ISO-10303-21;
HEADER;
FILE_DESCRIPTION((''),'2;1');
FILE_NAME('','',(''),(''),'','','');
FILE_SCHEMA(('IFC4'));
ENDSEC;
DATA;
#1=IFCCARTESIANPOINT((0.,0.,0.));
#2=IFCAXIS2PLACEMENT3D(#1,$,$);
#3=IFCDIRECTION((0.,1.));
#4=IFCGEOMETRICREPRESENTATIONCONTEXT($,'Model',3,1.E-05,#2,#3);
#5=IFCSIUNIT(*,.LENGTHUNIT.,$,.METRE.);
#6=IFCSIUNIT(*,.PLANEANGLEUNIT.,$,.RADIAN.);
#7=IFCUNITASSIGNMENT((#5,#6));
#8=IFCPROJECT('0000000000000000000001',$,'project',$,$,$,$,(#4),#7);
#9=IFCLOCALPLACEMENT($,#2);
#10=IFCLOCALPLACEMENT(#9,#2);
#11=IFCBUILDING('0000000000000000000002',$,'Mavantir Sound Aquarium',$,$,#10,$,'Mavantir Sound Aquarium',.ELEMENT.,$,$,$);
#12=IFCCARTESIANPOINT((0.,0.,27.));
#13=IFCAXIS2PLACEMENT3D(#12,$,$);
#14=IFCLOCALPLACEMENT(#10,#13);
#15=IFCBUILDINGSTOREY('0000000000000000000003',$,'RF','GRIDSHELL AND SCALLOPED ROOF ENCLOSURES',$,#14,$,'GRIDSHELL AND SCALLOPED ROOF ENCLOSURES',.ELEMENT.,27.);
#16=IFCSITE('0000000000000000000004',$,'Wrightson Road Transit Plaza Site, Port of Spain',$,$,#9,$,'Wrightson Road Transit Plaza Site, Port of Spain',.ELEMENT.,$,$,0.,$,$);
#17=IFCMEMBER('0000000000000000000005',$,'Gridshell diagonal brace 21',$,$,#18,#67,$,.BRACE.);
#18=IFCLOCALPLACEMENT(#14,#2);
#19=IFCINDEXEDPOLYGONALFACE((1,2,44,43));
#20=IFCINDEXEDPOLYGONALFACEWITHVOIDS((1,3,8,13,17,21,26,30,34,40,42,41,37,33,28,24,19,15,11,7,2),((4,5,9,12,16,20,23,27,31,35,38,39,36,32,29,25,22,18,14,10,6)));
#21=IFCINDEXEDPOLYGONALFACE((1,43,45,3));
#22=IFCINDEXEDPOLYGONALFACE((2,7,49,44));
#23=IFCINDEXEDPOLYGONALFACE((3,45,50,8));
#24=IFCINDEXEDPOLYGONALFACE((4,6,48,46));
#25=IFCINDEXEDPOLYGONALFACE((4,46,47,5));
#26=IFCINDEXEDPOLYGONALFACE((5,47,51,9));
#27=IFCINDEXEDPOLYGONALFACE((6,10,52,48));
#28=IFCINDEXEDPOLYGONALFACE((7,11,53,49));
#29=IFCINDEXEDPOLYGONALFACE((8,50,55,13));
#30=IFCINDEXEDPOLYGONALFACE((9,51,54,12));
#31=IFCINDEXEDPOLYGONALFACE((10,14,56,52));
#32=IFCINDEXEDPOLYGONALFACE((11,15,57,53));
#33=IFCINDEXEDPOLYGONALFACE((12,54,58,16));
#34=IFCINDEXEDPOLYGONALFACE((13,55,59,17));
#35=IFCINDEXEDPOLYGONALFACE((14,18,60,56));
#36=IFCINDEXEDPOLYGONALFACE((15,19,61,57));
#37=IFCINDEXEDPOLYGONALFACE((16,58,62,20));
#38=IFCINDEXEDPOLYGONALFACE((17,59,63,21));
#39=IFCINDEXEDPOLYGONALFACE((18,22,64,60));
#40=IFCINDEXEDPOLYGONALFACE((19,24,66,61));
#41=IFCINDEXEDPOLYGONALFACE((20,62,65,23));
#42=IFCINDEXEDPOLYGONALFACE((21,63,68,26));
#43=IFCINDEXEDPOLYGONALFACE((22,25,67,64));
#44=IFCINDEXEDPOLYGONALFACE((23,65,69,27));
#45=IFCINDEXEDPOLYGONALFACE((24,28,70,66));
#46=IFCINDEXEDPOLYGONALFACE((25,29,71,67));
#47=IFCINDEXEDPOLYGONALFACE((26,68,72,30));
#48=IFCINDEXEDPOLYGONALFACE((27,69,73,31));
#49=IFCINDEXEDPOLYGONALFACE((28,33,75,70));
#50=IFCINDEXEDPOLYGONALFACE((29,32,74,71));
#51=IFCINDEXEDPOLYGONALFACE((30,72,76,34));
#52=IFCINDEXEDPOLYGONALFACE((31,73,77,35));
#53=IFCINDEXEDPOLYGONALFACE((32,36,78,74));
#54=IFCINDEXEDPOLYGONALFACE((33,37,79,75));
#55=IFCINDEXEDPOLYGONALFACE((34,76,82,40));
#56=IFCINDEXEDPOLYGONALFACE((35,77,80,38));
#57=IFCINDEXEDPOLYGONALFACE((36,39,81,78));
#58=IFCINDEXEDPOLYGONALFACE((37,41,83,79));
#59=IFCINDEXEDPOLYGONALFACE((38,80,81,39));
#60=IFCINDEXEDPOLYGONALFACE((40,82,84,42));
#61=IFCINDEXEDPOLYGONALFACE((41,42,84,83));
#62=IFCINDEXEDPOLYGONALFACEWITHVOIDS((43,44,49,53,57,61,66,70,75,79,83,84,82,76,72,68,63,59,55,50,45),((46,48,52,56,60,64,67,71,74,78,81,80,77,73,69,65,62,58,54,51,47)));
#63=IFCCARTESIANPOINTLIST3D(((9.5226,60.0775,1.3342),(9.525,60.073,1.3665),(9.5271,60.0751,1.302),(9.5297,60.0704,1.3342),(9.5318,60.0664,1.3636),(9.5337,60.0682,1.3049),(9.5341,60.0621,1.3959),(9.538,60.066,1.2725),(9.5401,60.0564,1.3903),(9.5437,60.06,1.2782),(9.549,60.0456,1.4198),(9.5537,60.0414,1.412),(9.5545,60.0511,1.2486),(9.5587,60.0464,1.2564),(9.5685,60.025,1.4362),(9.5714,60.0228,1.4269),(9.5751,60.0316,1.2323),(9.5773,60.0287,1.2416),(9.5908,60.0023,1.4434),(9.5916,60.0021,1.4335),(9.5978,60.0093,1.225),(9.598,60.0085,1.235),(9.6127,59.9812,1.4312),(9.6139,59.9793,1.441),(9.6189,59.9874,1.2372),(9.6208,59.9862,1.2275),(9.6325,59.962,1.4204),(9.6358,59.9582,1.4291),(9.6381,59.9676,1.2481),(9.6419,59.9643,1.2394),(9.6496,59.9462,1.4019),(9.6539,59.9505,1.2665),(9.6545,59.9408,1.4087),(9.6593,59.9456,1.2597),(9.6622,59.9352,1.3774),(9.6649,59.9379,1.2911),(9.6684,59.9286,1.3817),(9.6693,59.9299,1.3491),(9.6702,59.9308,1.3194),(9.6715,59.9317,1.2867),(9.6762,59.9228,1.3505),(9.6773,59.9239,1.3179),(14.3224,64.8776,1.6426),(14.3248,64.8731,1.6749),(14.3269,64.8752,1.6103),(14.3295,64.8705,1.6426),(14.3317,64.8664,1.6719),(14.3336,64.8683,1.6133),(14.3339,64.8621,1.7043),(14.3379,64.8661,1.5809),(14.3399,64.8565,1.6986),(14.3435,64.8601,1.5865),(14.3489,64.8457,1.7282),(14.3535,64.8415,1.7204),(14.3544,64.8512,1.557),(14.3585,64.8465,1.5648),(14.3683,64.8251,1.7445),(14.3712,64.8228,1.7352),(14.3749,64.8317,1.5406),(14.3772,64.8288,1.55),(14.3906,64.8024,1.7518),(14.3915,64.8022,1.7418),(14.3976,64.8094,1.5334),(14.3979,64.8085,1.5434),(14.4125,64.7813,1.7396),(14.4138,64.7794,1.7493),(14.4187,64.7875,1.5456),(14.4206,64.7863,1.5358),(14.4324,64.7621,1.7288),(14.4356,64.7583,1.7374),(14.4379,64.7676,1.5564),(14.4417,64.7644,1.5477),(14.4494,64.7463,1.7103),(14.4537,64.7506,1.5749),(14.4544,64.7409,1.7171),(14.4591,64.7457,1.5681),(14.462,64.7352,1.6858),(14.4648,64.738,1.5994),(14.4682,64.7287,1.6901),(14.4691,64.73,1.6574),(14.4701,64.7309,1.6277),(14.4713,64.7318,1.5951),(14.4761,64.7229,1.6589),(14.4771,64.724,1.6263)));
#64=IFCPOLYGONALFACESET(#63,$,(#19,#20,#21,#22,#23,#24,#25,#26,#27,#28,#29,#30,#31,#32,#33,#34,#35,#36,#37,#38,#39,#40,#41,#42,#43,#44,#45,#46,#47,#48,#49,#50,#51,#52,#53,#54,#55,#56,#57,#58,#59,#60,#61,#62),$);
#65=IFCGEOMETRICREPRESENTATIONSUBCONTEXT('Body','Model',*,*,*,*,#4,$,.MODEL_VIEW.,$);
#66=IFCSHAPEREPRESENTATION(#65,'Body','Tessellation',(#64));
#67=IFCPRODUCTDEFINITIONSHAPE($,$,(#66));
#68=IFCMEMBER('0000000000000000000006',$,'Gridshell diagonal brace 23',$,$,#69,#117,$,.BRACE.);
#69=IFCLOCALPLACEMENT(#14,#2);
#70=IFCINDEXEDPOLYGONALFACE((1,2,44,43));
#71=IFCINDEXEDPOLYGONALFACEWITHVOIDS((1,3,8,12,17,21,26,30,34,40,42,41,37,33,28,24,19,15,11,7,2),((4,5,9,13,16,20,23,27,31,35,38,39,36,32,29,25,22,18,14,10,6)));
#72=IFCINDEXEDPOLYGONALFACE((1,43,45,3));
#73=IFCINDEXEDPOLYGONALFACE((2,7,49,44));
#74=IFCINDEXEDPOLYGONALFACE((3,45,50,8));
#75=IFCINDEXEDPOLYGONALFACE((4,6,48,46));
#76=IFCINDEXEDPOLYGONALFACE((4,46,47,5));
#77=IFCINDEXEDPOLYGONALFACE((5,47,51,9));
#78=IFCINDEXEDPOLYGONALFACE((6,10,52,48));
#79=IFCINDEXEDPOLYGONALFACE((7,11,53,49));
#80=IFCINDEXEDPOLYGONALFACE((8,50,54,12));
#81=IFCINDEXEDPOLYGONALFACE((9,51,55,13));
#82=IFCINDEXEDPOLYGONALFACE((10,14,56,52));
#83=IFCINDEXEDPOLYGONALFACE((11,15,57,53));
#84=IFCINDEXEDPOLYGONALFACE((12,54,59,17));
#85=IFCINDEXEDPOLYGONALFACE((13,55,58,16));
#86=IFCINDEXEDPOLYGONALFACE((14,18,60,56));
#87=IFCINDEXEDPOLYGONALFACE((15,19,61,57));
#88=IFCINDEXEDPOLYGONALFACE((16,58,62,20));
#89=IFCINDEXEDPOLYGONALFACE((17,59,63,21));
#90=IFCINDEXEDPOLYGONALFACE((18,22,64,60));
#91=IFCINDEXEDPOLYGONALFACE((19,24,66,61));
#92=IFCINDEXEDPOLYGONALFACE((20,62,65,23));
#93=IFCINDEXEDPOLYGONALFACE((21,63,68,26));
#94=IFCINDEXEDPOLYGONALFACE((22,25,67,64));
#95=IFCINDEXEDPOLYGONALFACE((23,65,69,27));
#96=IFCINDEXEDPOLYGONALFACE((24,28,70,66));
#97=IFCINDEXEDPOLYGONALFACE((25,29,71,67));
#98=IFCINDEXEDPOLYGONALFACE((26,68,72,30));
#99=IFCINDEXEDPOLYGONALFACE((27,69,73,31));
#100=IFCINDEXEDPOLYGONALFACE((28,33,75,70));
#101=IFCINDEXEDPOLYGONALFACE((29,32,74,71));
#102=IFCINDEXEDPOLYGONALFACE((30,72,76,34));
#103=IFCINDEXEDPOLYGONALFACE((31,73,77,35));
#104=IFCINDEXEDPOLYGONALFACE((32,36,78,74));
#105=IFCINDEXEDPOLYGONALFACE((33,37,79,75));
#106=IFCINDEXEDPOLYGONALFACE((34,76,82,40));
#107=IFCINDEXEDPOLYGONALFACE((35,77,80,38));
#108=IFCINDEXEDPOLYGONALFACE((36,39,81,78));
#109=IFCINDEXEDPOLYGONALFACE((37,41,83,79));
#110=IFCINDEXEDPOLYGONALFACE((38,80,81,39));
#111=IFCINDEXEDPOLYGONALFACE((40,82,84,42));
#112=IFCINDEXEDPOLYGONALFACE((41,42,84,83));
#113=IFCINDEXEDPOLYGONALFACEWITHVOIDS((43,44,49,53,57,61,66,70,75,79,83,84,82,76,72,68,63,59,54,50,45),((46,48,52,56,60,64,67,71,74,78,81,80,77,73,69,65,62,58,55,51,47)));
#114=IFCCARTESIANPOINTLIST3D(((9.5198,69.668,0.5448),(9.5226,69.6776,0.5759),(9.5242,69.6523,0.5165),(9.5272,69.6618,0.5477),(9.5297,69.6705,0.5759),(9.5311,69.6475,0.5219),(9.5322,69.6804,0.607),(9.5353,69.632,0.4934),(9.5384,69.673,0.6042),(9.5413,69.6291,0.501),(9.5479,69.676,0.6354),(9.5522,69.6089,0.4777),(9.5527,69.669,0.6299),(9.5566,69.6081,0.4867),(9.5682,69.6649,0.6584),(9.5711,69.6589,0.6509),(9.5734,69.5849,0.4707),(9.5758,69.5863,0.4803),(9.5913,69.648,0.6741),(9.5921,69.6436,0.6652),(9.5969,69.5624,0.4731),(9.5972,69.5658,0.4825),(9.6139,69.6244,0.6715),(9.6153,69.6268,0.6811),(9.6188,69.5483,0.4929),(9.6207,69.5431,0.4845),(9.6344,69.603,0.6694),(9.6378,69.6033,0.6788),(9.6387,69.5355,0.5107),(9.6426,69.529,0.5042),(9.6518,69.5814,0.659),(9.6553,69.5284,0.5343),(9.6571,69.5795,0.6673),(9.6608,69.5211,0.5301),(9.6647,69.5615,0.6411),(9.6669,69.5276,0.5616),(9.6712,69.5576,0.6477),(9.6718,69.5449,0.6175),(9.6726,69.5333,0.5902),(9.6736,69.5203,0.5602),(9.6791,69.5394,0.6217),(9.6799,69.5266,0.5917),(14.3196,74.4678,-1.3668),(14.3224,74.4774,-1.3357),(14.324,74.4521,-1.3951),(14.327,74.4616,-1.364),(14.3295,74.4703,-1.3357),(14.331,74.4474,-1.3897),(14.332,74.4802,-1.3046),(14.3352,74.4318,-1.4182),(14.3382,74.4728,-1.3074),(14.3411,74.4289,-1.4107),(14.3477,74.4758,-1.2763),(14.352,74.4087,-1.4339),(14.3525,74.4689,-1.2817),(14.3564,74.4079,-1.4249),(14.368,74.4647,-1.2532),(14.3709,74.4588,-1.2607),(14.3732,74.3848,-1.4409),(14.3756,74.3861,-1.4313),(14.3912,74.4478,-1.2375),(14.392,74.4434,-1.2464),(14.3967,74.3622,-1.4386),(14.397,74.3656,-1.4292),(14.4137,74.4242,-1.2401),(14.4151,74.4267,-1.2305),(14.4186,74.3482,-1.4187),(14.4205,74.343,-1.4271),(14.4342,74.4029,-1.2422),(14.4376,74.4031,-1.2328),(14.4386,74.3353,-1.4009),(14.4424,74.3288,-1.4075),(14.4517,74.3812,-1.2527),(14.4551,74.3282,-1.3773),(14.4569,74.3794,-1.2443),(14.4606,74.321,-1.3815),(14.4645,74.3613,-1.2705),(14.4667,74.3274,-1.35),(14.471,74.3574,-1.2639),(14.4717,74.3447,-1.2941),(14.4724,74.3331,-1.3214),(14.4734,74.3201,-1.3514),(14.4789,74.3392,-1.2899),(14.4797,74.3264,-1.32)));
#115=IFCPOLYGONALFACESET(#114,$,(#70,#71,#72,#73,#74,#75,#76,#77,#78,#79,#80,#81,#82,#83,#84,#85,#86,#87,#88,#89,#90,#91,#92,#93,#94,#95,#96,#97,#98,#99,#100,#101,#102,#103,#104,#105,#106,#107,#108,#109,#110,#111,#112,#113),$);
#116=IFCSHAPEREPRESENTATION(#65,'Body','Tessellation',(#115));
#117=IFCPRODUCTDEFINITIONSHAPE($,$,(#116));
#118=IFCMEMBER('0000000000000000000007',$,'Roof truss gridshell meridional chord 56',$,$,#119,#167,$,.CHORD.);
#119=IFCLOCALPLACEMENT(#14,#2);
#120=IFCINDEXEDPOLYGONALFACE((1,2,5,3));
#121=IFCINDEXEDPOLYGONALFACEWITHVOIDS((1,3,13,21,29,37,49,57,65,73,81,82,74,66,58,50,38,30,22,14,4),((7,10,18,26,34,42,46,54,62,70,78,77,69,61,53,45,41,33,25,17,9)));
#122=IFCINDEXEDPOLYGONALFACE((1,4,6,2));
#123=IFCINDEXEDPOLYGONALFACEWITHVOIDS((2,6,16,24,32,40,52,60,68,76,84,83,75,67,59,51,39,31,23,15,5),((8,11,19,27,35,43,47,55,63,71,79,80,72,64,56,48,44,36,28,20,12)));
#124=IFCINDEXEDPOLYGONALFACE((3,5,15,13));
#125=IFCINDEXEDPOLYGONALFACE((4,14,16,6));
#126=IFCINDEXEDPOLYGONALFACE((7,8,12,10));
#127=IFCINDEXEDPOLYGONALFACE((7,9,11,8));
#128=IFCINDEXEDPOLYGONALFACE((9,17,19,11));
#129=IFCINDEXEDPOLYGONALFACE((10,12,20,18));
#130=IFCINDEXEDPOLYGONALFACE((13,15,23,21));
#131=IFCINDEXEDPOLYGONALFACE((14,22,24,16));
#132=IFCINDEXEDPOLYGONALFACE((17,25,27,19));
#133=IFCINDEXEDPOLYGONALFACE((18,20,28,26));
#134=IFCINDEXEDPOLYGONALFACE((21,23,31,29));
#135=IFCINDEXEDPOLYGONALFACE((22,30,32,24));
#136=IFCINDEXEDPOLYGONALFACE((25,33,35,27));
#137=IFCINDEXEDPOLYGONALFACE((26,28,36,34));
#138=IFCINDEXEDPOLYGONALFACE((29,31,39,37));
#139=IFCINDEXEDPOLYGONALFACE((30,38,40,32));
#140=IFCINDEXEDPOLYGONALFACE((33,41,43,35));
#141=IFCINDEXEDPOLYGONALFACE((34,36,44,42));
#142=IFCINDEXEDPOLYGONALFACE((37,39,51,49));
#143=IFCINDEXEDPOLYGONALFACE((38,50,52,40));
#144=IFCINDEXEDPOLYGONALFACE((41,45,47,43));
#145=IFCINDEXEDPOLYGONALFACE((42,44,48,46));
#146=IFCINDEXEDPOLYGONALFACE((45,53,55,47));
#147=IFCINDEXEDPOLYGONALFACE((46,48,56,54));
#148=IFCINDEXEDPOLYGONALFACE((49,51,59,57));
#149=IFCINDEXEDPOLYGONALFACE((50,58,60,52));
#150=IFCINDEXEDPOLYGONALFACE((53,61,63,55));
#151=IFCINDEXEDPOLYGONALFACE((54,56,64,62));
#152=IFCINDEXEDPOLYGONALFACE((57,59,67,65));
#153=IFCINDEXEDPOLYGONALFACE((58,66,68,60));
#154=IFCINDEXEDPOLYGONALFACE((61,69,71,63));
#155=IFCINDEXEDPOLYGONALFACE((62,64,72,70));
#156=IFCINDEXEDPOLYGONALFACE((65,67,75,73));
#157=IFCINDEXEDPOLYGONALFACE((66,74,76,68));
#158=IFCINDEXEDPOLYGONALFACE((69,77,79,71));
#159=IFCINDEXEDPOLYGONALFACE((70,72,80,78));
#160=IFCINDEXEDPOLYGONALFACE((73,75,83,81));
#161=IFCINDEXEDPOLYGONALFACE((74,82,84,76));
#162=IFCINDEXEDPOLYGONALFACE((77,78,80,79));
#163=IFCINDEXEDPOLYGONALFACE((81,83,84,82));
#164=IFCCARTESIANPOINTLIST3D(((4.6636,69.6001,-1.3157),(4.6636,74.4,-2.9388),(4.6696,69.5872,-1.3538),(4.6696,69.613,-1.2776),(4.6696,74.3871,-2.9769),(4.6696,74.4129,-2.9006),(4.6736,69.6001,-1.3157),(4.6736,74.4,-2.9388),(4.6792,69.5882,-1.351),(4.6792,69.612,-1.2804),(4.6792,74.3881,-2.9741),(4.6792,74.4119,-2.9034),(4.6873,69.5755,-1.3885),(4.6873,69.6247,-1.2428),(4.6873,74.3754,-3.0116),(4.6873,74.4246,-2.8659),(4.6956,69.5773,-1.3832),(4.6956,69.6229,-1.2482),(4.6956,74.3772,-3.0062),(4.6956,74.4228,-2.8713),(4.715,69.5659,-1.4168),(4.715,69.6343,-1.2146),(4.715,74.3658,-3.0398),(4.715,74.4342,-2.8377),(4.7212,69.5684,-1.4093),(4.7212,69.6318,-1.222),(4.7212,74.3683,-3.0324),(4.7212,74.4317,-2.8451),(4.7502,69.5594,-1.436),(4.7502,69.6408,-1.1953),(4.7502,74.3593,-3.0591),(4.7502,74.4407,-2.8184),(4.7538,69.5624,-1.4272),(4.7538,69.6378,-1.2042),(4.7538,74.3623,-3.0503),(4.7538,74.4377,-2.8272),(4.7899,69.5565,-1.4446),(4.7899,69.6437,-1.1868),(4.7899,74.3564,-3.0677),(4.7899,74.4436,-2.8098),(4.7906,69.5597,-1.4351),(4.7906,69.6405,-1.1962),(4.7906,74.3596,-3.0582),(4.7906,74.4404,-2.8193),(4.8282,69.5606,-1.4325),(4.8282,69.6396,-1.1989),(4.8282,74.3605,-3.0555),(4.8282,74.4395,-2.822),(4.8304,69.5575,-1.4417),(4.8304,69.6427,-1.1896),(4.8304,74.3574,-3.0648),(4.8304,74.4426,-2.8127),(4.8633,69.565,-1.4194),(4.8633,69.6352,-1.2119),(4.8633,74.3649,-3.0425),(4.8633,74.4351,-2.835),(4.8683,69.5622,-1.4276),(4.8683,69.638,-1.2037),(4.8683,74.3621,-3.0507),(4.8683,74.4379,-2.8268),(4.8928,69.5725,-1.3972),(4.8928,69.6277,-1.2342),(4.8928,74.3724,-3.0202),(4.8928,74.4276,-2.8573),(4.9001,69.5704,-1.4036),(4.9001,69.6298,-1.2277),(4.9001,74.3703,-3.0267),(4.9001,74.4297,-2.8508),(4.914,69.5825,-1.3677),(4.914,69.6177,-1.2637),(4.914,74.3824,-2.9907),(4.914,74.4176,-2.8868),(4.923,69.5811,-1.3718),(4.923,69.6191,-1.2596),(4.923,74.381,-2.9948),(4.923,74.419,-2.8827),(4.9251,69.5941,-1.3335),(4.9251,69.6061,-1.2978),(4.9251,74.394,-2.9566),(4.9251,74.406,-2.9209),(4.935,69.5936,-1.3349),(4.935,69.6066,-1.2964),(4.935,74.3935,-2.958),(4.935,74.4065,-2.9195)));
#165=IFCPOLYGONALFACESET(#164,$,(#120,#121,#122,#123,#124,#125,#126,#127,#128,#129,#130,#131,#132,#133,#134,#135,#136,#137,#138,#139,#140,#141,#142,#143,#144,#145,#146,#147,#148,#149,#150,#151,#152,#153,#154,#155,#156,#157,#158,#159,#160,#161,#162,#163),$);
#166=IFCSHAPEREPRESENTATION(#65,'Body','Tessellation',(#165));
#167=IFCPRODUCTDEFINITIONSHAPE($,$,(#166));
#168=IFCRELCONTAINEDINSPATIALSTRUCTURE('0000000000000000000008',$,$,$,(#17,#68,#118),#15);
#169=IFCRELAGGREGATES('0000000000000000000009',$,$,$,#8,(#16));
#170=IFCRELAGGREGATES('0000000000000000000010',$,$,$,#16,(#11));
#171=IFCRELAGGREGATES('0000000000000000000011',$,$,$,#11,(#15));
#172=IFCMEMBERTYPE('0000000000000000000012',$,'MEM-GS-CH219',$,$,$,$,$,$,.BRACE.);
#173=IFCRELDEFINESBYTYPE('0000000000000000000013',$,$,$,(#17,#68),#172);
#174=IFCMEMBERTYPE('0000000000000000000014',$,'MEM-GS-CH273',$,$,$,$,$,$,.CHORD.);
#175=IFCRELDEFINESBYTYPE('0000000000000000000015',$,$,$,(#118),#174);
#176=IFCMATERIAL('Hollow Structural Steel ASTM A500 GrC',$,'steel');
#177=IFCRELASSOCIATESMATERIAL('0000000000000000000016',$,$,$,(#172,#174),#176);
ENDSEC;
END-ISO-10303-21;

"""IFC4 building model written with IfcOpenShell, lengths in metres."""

from ifc_helpers import new_model, si_unit, direction, frame, origin, origin_2d, place, context, subcontext, project, spatial, hollow_circle, extrude, material, material_profile, profile_set, type_object, element, save


model = new_model("IFC4")

# Units and contexts
model_context = context("Model", 3, precision=1e-05, world=origin(), true_north=direction((0.0, 1.0)))
body_context = subcontext(model_context, "Body", "Model", "MODEL_VIEW")
ifc_project = project(units=[si_unit("LENGTHUNIT", "METRE"), si_unit("PLANEANGLEUNIT", "RADIAN")], contexts=[model_context])

# Site, building, storey
site_placement = place(None, origin())
site = spatial("IfcSite", under=ifc_project, at=site_placement, Name="Wrightson Road Transit Plaza Site, Port of Spain", LongName="Wrightson Road Transit Plaza Site, Port of Spain", CompositionType="ELEMENT", RefElevation=0.0)
building_placement = place(site_placement, origin())
building = spatial("IfcBuilding", under=site, at=building_placement, Name="Mavantir Sound Aquarium", LongName="Mavantir Sound Aquarium", CompositionType="ELEMENT")
storey_placement = place(building_placement, frame((0.0, 0.0, 27.0)))
storey = spatial("IfcBuildingStorey", under=building, at=storey_placement, Name="RF", Description="GRIDSHELL AND SCALLOPED ROOF ENCLOSURES", LongName="GRIDSHELL AND SCALLOPED ROOF ENCLOSURES", CompositionType="ELEMENT", Elevation=27.0)

# Members
ifc_material_1 = material(Name="Hollow Structural Steel ASTM A500 GrC", Category="steel")
ifc_material_profile_1 = material_profile(ifc_material_1, hollow_circle(Radius=0.1096, WallThickness=0.01, at=origin_2d()), Name="CHS 219.1X10")
ifc_profile_set_1 = profile_set([ifc_material_profile_1], Name="Hollow Structural Steel ASTM A500 GrC")
member_type_1 = type_object("IfcMemberType", Name="MEM-GS-CH219", PredefinedType="BRACE", material=ifc_profile_set_1)
member_1_placement = place(storey_placement, frame((9.6001, 60.0, 1.3342), z_axis=(0.70636, 0.706396, 0.045378), x_axis=(-0.707125, 0.707089, 0.0)))
element("IfcMember", 1, at=member_1_placement, inside=storey, type_object=member_type_1, Name="Gridshell diagonal brace 21", PredefinedType="BRACE", context=body_context, shape_type="SweptSolid", body=[
    extrude(hollow_circle(Radius=0.1096, WallThickness=0.01, at=origin_2d()), origin(), (0.0, 0.0, 1.0), 6.7952),
])
member_2_placement = place(storey_placement, frame((9.6001, 69.6001, 0.5759), z_axis=(0.680631, 0.680631, -0.271075), x_axis=(-0.707107, 0.707107, 0.0)))
element("IfcMember", 2, at=member_2_placement, inside=storey, type_object=member_type_1, Name="Gridshell diagonal brace 23", PredefinedType="BRACE", context=body_context, shape_type="SweptSolid", body=[
    extrude(hollow_circle(Radius=0.1096, WallThickness=0.01, at=origin_2d()), origin(), (0.0, 0.0, 1.0), 7.052),
])
ifc_material_profile_2 = material_profile(ifc_material_1, hollow_circle(Radius=0.1365, WallThickness=0.01, at=origin_2d()), Name="CHS 273X10")
ifc_profile_set_2 = profile_set([ifc_material_profile_2], Name="Hollow Structural Steel ASTM A500 GrC")
member_type_2 = type_object("IfcMemberType", Name="MEM-GS-CH273", PredefinedType="CHORD", material=ifc_profile_set_2)
member_3_placement = place(storey_placement, frame((4.8, 69.6001, -1.3157), z_axis=(0.0, 0.947306, -0.32033), x_axis=(-1.0, 0.0, 0.0)))
element("IfcMember", 3, at=member_3_placement, inside=storey, type_object=member_type_2, Name="Roof truss gridshell meridional chord 56", PredefinedType="CHORD", context=body_context, shape_type="SweptSolid", body=[
    extrude(hollow_circle(Radius=0.1365, WallThickness=0.01, at=origin_2d()), origin(), (0.0, 0.0, 1.0), 5.0669),
])

save(model, "model.ifc")
